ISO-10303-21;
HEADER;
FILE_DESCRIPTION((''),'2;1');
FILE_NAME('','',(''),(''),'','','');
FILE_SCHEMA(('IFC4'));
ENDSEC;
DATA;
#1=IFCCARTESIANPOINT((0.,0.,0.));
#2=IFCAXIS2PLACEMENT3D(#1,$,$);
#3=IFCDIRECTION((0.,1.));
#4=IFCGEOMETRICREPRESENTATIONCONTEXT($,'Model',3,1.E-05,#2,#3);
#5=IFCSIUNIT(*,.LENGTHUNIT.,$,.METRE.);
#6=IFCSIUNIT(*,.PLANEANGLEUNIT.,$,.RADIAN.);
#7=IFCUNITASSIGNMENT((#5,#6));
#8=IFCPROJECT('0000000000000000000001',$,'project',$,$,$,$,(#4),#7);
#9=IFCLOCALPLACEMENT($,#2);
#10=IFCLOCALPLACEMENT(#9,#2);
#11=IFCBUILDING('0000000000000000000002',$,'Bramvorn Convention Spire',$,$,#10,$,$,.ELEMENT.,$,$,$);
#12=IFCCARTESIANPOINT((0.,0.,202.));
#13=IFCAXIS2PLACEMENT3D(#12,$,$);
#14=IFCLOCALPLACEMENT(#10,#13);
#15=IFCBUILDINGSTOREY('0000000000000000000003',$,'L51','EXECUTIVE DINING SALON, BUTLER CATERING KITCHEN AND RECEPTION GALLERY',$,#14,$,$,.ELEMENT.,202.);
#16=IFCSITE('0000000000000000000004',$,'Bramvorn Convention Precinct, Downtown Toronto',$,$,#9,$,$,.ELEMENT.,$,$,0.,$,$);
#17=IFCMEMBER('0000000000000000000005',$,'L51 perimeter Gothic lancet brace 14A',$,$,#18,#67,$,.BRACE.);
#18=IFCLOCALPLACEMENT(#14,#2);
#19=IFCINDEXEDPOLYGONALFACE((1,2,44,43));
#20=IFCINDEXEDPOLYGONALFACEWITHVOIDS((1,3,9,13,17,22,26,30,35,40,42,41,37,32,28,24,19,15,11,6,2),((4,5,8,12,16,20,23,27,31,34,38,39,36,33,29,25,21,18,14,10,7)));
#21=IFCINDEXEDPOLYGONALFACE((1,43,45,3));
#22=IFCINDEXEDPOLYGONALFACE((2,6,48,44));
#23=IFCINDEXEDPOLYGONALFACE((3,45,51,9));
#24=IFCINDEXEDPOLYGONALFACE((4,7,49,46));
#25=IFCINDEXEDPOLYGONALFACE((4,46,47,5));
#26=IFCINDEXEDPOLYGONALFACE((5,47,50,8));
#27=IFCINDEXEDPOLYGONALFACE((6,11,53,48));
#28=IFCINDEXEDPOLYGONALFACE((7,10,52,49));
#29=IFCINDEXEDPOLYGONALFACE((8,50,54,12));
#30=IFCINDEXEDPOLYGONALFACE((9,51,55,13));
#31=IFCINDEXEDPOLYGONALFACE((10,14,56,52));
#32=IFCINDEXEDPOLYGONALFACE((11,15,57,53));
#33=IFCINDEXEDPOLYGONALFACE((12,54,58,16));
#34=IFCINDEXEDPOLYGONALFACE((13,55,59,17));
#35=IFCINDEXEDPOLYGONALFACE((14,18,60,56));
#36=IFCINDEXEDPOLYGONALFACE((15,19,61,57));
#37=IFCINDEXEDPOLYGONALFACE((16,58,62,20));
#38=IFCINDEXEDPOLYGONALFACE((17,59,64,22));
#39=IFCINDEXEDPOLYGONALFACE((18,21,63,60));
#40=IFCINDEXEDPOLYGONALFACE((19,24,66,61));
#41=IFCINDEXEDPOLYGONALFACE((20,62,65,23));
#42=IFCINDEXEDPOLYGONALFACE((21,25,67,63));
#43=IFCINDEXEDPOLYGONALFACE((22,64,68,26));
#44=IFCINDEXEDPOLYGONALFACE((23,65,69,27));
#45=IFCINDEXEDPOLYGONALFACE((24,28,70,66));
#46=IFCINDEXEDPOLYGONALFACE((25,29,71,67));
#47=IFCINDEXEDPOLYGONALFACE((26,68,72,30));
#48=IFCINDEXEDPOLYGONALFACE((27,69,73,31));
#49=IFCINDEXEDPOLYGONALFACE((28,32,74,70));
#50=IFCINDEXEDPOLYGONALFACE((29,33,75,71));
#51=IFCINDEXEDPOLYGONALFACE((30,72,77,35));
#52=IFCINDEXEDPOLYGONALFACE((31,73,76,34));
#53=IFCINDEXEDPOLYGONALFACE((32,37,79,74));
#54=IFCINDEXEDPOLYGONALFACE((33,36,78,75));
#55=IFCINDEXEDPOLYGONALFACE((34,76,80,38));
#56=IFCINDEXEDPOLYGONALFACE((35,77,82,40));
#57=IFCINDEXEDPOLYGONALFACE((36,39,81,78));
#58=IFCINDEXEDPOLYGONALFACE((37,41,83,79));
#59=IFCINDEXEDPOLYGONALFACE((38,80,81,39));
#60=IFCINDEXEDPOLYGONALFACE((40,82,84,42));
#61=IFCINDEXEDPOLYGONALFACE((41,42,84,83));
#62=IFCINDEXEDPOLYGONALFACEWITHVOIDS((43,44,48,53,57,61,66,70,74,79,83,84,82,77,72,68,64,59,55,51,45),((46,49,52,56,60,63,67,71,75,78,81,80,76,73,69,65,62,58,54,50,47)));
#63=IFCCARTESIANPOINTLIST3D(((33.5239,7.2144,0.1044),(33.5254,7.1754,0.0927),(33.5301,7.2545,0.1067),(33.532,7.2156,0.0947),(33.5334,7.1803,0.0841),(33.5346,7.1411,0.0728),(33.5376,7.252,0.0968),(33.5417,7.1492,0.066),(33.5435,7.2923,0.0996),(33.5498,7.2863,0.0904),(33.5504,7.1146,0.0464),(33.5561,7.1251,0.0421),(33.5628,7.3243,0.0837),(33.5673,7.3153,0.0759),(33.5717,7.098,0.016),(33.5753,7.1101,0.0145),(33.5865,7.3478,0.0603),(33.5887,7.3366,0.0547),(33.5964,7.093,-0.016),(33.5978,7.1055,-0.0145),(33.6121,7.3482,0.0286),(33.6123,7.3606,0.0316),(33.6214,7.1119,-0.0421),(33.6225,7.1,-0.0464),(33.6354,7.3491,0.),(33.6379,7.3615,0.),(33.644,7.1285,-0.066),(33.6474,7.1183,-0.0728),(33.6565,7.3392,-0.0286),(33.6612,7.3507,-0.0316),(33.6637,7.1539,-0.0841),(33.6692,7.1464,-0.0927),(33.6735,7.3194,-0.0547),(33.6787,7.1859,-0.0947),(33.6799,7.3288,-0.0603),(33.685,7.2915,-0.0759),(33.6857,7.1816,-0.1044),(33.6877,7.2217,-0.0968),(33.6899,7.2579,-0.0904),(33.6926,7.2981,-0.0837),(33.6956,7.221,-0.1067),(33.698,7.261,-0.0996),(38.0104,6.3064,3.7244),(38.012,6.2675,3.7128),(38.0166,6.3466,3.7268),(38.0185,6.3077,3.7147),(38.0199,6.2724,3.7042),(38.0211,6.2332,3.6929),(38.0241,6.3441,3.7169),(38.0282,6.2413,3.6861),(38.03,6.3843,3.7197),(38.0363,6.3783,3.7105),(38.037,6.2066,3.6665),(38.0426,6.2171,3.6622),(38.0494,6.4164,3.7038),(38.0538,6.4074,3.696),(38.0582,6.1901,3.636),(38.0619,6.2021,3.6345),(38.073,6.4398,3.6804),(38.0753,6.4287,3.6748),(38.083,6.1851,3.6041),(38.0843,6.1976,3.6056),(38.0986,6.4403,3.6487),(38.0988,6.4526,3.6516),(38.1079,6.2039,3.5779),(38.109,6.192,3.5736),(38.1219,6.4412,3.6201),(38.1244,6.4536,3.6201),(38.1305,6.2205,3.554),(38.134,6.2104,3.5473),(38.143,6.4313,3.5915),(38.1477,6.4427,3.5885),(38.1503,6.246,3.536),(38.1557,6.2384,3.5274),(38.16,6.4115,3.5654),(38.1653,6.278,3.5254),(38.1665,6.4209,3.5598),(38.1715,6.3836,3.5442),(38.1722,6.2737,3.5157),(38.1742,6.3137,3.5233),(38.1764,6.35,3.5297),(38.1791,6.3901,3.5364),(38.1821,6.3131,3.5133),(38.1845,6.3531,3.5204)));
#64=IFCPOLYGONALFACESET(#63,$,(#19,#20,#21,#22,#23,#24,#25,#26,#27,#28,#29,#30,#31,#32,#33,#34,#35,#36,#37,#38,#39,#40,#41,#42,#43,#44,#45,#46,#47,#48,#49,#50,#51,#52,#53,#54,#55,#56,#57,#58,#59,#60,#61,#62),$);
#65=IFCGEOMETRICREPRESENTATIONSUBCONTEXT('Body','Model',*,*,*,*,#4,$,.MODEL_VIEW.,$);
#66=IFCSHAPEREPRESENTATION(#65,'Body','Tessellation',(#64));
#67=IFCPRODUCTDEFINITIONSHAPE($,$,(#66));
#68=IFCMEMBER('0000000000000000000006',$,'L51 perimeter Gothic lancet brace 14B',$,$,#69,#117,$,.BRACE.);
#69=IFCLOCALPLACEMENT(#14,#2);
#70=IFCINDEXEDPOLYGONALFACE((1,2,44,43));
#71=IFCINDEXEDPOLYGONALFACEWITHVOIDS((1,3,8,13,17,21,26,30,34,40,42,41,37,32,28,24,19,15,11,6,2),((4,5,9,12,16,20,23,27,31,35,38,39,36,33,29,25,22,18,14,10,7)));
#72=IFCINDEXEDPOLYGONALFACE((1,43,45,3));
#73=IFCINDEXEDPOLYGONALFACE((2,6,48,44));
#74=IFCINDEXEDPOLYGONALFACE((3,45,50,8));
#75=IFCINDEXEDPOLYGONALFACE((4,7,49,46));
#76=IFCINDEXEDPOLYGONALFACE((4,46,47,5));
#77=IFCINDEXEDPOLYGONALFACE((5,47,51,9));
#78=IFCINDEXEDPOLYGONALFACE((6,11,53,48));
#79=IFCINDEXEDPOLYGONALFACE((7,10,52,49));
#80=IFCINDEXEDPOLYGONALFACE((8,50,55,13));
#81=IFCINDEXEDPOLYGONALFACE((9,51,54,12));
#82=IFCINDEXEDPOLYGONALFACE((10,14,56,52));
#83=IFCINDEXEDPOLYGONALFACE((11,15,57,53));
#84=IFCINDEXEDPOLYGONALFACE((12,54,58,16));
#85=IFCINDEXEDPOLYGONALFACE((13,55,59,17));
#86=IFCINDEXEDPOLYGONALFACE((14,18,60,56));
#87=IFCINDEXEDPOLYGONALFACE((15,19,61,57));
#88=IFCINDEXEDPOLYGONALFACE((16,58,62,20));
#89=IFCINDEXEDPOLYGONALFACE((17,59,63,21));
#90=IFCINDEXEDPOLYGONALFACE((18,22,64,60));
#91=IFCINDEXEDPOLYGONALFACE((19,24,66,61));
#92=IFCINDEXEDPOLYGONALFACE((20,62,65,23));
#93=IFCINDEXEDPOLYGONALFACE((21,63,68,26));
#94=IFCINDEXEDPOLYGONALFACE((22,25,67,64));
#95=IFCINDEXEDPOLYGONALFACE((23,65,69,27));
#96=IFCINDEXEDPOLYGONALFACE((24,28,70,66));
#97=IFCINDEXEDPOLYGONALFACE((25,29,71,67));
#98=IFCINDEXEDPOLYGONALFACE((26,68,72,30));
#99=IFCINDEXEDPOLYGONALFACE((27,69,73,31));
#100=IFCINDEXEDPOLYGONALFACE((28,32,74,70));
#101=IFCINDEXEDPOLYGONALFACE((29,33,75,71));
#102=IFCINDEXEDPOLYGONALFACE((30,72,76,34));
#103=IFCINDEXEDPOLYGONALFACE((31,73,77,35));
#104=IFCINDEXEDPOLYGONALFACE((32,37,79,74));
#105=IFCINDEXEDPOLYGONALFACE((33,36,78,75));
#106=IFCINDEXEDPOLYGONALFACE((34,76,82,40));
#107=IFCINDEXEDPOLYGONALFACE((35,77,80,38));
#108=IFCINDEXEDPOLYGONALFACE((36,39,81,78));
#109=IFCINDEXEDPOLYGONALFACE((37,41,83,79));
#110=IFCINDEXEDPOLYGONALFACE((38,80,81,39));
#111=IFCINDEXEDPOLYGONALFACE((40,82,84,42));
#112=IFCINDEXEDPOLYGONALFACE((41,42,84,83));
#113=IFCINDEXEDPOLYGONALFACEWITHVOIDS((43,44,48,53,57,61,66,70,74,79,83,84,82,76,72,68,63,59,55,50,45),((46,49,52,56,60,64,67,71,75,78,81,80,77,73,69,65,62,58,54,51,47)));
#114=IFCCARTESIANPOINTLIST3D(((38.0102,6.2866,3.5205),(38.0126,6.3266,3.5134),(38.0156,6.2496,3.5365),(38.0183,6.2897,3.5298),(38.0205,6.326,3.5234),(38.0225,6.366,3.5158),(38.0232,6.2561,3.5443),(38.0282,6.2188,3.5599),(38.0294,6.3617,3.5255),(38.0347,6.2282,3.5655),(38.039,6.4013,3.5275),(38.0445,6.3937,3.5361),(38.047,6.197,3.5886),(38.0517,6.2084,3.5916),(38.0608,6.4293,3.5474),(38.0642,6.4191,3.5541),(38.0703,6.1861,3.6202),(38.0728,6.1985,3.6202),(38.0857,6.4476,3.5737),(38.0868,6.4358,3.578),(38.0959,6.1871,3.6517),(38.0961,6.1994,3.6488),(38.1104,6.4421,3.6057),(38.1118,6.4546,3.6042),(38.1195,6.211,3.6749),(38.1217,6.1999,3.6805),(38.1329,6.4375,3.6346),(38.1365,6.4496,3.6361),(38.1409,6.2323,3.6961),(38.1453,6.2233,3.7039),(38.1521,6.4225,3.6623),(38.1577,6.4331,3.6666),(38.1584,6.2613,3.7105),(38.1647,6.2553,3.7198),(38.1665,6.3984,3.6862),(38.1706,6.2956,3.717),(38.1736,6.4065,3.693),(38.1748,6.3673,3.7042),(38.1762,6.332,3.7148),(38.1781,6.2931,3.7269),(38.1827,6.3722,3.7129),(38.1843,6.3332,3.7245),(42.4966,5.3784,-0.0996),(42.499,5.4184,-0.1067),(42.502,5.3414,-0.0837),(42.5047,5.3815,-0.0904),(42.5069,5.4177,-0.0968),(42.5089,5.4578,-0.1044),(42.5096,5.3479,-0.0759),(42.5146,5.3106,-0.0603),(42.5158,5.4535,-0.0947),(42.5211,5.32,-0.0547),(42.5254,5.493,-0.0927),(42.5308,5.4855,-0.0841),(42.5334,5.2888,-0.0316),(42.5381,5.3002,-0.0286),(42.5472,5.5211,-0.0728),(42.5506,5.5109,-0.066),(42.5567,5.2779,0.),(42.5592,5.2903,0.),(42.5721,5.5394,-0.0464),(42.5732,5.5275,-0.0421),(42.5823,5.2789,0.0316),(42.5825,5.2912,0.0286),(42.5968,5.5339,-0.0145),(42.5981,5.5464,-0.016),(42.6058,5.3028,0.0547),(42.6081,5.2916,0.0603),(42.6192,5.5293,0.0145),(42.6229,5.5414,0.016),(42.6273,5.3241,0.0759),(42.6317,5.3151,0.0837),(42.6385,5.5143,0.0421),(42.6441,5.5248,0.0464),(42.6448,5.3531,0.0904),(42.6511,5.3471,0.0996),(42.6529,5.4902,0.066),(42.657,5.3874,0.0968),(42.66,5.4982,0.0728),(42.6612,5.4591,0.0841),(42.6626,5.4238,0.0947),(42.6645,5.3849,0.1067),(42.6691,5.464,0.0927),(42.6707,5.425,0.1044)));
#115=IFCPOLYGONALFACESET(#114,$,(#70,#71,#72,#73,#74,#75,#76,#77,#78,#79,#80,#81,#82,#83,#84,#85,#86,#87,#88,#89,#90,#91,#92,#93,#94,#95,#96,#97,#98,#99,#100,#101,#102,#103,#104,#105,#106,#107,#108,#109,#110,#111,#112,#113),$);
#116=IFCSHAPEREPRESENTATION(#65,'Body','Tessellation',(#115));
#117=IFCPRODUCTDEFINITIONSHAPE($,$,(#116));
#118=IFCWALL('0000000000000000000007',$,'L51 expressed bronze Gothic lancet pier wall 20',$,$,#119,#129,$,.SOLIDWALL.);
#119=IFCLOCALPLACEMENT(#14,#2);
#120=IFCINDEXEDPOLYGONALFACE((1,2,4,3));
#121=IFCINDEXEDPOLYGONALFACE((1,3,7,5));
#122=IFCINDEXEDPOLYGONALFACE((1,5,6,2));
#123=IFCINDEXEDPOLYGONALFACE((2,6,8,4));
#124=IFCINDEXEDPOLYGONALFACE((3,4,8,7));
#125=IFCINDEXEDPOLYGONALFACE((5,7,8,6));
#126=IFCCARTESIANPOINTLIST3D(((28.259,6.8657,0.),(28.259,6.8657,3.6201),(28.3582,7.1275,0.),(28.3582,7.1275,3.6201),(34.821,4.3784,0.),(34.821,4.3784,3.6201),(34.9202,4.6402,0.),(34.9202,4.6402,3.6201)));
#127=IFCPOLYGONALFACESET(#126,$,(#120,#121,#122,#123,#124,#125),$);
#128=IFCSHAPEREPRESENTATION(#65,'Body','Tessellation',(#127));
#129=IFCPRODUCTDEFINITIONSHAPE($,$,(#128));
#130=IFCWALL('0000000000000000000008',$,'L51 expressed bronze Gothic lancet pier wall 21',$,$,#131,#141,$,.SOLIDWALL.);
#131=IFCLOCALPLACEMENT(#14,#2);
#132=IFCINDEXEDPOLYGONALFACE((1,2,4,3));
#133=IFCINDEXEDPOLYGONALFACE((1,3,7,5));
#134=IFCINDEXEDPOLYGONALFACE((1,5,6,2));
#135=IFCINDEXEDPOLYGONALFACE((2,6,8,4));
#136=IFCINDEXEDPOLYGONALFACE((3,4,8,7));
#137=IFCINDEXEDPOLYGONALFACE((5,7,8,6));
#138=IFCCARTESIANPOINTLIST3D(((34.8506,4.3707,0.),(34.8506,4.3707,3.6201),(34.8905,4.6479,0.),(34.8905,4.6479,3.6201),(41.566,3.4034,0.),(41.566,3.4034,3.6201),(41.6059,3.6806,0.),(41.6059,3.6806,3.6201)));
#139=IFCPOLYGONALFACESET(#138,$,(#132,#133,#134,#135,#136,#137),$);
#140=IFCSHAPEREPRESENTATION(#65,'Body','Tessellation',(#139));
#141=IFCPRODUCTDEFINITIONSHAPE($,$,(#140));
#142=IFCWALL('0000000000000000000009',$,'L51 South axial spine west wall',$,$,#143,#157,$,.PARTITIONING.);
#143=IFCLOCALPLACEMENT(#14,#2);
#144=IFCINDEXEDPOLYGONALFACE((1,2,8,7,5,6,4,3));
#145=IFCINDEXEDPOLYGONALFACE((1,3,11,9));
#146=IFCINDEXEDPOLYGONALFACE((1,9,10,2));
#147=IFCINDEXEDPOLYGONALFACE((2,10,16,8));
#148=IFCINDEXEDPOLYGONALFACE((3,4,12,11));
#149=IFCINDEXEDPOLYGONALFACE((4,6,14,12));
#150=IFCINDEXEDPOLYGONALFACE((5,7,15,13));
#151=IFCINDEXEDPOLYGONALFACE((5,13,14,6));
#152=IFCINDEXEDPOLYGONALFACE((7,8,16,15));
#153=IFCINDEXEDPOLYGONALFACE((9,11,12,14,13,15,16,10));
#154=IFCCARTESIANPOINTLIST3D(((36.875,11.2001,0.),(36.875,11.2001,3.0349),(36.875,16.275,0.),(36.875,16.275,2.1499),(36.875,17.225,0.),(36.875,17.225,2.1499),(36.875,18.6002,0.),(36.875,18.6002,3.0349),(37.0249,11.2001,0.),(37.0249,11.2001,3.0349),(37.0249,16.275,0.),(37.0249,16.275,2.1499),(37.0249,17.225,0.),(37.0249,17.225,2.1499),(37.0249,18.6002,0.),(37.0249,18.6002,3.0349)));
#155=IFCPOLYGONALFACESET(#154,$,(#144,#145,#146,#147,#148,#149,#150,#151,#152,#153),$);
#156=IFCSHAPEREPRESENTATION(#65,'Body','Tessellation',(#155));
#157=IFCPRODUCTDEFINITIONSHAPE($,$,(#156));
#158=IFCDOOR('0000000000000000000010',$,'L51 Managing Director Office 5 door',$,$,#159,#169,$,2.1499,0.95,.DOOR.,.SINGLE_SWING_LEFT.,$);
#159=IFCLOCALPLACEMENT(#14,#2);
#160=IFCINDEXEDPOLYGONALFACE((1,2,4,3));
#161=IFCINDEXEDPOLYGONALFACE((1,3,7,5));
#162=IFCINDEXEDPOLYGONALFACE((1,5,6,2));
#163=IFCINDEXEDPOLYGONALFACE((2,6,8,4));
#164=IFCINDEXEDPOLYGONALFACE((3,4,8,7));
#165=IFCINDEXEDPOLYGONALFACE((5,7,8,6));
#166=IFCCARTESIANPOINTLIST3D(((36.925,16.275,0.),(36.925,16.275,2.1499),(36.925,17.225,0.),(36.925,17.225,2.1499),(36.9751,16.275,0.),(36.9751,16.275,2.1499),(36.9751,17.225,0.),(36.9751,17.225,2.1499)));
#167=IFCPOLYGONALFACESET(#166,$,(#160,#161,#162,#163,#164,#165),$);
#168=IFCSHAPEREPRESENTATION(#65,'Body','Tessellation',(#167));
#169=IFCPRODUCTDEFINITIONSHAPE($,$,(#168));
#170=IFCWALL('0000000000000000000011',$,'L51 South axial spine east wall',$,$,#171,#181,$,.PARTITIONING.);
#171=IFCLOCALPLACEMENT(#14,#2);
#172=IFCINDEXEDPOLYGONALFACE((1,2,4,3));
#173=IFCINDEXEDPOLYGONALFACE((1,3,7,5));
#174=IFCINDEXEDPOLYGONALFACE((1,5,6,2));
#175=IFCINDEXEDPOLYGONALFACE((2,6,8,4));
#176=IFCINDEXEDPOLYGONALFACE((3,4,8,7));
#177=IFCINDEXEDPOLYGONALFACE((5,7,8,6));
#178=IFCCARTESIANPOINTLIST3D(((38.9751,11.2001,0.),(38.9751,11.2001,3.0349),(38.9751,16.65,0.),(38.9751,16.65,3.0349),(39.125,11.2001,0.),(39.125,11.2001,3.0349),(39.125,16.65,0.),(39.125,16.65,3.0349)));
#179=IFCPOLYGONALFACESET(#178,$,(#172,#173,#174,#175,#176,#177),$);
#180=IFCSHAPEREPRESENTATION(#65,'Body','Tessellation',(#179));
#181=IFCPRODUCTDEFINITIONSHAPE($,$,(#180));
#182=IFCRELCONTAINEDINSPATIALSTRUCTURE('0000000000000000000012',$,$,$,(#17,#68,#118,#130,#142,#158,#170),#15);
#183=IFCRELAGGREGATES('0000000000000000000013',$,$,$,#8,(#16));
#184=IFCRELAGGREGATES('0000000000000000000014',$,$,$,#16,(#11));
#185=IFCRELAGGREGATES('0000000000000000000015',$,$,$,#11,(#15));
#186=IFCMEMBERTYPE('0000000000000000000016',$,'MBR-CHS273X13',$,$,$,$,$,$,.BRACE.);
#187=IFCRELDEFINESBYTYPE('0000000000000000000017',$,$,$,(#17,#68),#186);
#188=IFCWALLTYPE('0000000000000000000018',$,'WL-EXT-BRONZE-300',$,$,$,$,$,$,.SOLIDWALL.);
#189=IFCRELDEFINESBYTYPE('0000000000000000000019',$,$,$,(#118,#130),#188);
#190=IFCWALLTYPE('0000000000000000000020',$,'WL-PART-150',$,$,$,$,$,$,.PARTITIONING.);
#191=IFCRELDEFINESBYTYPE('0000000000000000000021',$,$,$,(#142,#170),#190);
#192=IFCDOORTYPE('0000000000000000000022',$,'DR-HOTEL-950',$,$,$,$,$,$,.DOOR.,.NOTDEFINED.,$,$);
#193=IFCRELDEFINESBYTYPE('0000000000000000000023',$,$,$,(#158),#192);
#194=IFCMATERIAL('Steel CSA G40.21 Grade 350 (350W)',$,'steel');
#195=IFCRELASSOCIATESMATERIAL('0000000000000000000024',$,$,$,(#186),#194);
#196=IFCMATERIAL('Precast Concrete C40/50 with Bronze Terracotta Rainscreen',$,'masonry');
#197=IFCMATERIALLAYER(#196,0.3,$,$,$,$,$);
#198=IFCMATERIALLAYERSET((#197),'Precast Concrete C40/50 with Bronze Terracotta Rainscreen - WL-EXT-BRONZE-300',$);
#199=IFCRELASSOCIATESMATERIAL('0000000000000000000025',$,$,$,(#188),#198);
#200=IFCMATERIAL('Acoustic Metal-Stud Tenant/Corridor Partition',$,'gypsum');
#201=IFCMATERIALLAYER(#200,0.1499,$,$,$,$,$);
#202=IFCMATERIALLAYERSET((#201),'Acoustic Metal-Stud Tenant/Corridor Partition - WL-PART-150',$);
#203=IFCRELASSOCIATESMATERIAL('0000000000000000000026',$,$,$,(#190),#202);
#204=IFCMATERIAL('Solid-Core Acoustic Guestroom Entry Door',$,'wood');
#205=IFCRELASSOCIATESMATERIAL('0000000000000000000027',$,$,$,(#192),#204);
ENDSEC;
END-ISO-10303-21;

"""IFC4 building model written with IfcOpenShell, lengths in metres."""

from ifc_helpers import new_model, si_unit, direction, frame, frame_2d, origin, origin_2d, place, context, subcontext, project, spatial, rectangle, hollow_circle, extrude, material, layer, layer_set, material_profile, profile_set, type_object, element, fill, save


model = new_model("IFC4")

# Units and contexts
model_context = context("Model", 3, precision=1e-05, world=origin(), true_north=direction((0.0, 1.0)))
body_context = subcontext(model_context, "Body", "Model", "MODEL_VIEW")
ifc_project = project(units=[si_unit("LENGTHUNIT", "METRE"), si_unit("PLANEANGLEUNIT", "RADIAN")], contexts=[model_context])

# Site, building, storey
site_placement = place(None, origin())
site = spatial("IfcSite", under=ifc_project, at=site_placement, Name="Bramvorn Convention Precinct, Downtown Toronto", CompositionType="ELEMENT", RefElevation=0.0)
building_placement = place(site_placement, origin())
building = spatial("IfcBuilding", under=site, at=building_placement, Name="Bramvorn Convention Spire", CompositionType="ELEMENT")
storey_placement = place(building_placement, frame((0.0, 0.0, 202.0)))
storey = spatial("IfcBuildingStorey", under=building, at=storey_placement, Name="L51", Description="EXECUTIVE DINING SALON, BUTLER CATERING KITCHEN AND RECEPTION GALLERY", CompositionType="ELEMENT", Elevation=202.0)

# Shared definitions
ifc_material_1 = material(Name="Steel CSA G40.21 Grade 350 (350W)", Category="steel")

# Members
ifc_material_profile_1 = material_profile(ifc_material_1, hollow_circle(Radius=0.1365, WallThickness=0.0127, at=origin_2d()))
ifc_profile_set_1 = profile_set([ifc_material_profile_1], Name="Steel CSA G40.21 Grade 350 (350W) - CHS273X13")
member_type = type_object("IfcMemberType", Name="MBR-CHS273X13", PredefinedType="BRACE", material=ifc_profile_set_1)
for number, where, z_axis, x_axis, name in (
    (1, (33.6108, 7.2278, 0.0), (0.768774, -0.155579, 0.620307), (0.198352, 0.980131, 0.0), "L51 perimeter Gothic lancet brace 14A"),
    (2, (42.5837, 5.4116, 0.0), (-0.768752, 0.155625, 0.620323), (-0.198413, -0.980118, 0.0), "L51 perimeter Gothic lancet brace 14B"),
):
    element("IfcMember", number, at=place(storey_placement, frame(where, z_axis=z_axis, x_axis=x_axis)), inside=storey, type_object=member_type, Name=name, PredefinedType="BRACE", context=body_context, shape_type="SweptSolid", body=[
        extrude(hollow_circle(Radius=0.1365, WallThickness=0.0127, at=origin_2d()), origin(), (0.0, 0.0, 1.0), 5.8359),
    ])

# Walls
ifc_material_2 = material(Name="Precast Concrete C40/50 with Bronze Terracotta Rainscreen", Category="masonry")
ifc_layer_1 = layer(ifc_material_2, 0.3)
ifc_layer_set_1 = layer_set([ifc_layer_1], Name="Precast Concrete C40/50 with Bronze Terracotta Rainscreen - WL-EXT-BRONZE-300")
wall_type_1 = type_object("IfcWallType", Name="WL-EXT-BRONZE-300", PredefinedType="SOLIDWALL", material=ifc_layer_set_1)
wall_1_placement = place(storey_placement, frame((34.8706, 4.5093, 0.0), z_axis=(0.0, 0.0, 1.0), x_axis=(-0.935079, 0.354438, 0.0)))
element("IfcWall", 3, at=wall_1_placement, inside=storey, type_object=wall_type_1, Name="L51 expressed bronze Gothic lancet pier wall 20", PredefinedType="SOLIDWALL", context=body_context, shape_type="SweptSolid", body=[
    extrude(rectangle(XDim=7.0176, YDim=0.28, at=frame_2d((3.5088, 0.0))), origin(), (0.0, 0.0, 1.0), 3.6201),
])
wall_2_placement = place(storey_placement, frame((41.5859, 3.542, 0.0), z_axis=(0.0, 0.0, 1.0), x_axis=(-0.989785, 0.14257, 0.0)))
element("IfcWall", 4, at=wall_2_placement, inside=storey, type_object=wall_type_1, Name="L51 expressed bronze Gothic lancet pier wall 21", PredefinedType="SOLIDWALL", context=body_context, shape_type="SweptSolid", body=[
    extrude(rectangle(XDim=6.7847, YDim=0.28, at=frame_2d((3.3923, 0.0))), origin(), (0.0, 0.0, 1.0), 3.6201),
])

# Wall, opening, door
ifc_material_3 = material(Name="Acoustic Metal-Stud Tenant/Corridor Partition", Category="gypsum")
ifc_layer_2 = layer(ifc_material_3, 0.1499)
ifc_layer_set_2 = layer_set([ifc_layer_2], Name="Acoustic Metal-Stud Tenant/Corridor Partition - WL-PART-150")
wall_type_2 = type_object("IfcWallType", Name="WL-PART-150", PredefinedType="PARTITIONING", material=ifc_layer_set_2)
wall_3_placement = place(storey_placement, frame((36.95, 11.2, 0.0), z_axis=(0.0, 0.0, 1.0), x_axis=(0.0, 1.0, 0.0)))
wall_3 = element("IfcWall", 5, at=wall_3_placement, inside=storey, type_object=wall_type_2, Name="L51 South axial spine west wall", PredefinedType="PARTITIONING", context=body_context, shape_type="SweptSolid", body=[
    extrude(rectangle(XDim=7.4001, YDim=0.1499, at=frame_2d((3.7002, 0.0))), origin(), (0.0, 0.0, 1.0), 3.0349),
])
opening_1_placement = place(wall_3_placement, frame((5.075, 0.0, 0.0)))
opening_1 = element("IfcOpeningElement", 6, at=opening_1_placement, cuts=wall_3, PredefinedType="OPENING", context=body_context, shape_type="SweptSolid", body=[
    extrude(rectangle(XDim=0.95, YDim=2.1499, at=frame_2d((0.4751, 1.075))), frame((0.0, 0.085, 0.0), z_axis=(0.0, -1.0, 0.0), x_axis=(1.0, 0.0, 0.0)), (0.0, 0.0, 1.0), 0.1699),
])
ifc_material_4 = material(Name="Solid-Core Acoustic Guestroom Entry Door", Category="wood")
door_type_1 = type_object("IfcDoorType", Name="DR-HOTEL-950", OperationType="NOTDEFINED", PredefinedType="DOOR", material=ifc_material_4)
door_1_placement = place(opening_1_placement, origin())
door_1 = element("IfcDoor", 7, at=door_1_placement, inside=storey, type_object=door_type_1, Name="L51 Managing Director Office 5 door", OperationType="SINGLE_SWING_LEFT", OverallHeight=2.1499, OverallWidth=0.95, PredefinedType="DOOR", context=body_context, shape_type="SweptSolid", body=[
    extrude(rectangle(XDim=0.95, YDim=2.1499, at=frame_2d((0.4751, 1.075))), frame((0.0, 0.0249, 0.0), z_axis=(0.0, -1.0, 0.0), x_axis=(1.0, 0.0, 0.0)), (0.0, 0.0, 1.0), 0.05),
])
fill(opening_1, door_1)

# Wall
wall_4_placement = place(storey_placement, frame((39.05, 11.2, 0.0), z_axis=(0.0, 0.0, 1.0), x_axis=(0.0, 1.0, 0.0)))
element("IfcWall", 8, at=wall_4_placement, inside=storey, type_object=wall_type_2, Name="L51 South axial spine east wall", PredefinedType="PARTITIONING", context=body_context, shape_type="SweptSolid", body=[
    extrude(rectangle(XDim=5.45, YDim=0.1499, at=frame_2d((2.7251, 0.0))), origin(), (0.0, 0.0, 1.0), 3.0349),
])

save(model, "model.ifc")
